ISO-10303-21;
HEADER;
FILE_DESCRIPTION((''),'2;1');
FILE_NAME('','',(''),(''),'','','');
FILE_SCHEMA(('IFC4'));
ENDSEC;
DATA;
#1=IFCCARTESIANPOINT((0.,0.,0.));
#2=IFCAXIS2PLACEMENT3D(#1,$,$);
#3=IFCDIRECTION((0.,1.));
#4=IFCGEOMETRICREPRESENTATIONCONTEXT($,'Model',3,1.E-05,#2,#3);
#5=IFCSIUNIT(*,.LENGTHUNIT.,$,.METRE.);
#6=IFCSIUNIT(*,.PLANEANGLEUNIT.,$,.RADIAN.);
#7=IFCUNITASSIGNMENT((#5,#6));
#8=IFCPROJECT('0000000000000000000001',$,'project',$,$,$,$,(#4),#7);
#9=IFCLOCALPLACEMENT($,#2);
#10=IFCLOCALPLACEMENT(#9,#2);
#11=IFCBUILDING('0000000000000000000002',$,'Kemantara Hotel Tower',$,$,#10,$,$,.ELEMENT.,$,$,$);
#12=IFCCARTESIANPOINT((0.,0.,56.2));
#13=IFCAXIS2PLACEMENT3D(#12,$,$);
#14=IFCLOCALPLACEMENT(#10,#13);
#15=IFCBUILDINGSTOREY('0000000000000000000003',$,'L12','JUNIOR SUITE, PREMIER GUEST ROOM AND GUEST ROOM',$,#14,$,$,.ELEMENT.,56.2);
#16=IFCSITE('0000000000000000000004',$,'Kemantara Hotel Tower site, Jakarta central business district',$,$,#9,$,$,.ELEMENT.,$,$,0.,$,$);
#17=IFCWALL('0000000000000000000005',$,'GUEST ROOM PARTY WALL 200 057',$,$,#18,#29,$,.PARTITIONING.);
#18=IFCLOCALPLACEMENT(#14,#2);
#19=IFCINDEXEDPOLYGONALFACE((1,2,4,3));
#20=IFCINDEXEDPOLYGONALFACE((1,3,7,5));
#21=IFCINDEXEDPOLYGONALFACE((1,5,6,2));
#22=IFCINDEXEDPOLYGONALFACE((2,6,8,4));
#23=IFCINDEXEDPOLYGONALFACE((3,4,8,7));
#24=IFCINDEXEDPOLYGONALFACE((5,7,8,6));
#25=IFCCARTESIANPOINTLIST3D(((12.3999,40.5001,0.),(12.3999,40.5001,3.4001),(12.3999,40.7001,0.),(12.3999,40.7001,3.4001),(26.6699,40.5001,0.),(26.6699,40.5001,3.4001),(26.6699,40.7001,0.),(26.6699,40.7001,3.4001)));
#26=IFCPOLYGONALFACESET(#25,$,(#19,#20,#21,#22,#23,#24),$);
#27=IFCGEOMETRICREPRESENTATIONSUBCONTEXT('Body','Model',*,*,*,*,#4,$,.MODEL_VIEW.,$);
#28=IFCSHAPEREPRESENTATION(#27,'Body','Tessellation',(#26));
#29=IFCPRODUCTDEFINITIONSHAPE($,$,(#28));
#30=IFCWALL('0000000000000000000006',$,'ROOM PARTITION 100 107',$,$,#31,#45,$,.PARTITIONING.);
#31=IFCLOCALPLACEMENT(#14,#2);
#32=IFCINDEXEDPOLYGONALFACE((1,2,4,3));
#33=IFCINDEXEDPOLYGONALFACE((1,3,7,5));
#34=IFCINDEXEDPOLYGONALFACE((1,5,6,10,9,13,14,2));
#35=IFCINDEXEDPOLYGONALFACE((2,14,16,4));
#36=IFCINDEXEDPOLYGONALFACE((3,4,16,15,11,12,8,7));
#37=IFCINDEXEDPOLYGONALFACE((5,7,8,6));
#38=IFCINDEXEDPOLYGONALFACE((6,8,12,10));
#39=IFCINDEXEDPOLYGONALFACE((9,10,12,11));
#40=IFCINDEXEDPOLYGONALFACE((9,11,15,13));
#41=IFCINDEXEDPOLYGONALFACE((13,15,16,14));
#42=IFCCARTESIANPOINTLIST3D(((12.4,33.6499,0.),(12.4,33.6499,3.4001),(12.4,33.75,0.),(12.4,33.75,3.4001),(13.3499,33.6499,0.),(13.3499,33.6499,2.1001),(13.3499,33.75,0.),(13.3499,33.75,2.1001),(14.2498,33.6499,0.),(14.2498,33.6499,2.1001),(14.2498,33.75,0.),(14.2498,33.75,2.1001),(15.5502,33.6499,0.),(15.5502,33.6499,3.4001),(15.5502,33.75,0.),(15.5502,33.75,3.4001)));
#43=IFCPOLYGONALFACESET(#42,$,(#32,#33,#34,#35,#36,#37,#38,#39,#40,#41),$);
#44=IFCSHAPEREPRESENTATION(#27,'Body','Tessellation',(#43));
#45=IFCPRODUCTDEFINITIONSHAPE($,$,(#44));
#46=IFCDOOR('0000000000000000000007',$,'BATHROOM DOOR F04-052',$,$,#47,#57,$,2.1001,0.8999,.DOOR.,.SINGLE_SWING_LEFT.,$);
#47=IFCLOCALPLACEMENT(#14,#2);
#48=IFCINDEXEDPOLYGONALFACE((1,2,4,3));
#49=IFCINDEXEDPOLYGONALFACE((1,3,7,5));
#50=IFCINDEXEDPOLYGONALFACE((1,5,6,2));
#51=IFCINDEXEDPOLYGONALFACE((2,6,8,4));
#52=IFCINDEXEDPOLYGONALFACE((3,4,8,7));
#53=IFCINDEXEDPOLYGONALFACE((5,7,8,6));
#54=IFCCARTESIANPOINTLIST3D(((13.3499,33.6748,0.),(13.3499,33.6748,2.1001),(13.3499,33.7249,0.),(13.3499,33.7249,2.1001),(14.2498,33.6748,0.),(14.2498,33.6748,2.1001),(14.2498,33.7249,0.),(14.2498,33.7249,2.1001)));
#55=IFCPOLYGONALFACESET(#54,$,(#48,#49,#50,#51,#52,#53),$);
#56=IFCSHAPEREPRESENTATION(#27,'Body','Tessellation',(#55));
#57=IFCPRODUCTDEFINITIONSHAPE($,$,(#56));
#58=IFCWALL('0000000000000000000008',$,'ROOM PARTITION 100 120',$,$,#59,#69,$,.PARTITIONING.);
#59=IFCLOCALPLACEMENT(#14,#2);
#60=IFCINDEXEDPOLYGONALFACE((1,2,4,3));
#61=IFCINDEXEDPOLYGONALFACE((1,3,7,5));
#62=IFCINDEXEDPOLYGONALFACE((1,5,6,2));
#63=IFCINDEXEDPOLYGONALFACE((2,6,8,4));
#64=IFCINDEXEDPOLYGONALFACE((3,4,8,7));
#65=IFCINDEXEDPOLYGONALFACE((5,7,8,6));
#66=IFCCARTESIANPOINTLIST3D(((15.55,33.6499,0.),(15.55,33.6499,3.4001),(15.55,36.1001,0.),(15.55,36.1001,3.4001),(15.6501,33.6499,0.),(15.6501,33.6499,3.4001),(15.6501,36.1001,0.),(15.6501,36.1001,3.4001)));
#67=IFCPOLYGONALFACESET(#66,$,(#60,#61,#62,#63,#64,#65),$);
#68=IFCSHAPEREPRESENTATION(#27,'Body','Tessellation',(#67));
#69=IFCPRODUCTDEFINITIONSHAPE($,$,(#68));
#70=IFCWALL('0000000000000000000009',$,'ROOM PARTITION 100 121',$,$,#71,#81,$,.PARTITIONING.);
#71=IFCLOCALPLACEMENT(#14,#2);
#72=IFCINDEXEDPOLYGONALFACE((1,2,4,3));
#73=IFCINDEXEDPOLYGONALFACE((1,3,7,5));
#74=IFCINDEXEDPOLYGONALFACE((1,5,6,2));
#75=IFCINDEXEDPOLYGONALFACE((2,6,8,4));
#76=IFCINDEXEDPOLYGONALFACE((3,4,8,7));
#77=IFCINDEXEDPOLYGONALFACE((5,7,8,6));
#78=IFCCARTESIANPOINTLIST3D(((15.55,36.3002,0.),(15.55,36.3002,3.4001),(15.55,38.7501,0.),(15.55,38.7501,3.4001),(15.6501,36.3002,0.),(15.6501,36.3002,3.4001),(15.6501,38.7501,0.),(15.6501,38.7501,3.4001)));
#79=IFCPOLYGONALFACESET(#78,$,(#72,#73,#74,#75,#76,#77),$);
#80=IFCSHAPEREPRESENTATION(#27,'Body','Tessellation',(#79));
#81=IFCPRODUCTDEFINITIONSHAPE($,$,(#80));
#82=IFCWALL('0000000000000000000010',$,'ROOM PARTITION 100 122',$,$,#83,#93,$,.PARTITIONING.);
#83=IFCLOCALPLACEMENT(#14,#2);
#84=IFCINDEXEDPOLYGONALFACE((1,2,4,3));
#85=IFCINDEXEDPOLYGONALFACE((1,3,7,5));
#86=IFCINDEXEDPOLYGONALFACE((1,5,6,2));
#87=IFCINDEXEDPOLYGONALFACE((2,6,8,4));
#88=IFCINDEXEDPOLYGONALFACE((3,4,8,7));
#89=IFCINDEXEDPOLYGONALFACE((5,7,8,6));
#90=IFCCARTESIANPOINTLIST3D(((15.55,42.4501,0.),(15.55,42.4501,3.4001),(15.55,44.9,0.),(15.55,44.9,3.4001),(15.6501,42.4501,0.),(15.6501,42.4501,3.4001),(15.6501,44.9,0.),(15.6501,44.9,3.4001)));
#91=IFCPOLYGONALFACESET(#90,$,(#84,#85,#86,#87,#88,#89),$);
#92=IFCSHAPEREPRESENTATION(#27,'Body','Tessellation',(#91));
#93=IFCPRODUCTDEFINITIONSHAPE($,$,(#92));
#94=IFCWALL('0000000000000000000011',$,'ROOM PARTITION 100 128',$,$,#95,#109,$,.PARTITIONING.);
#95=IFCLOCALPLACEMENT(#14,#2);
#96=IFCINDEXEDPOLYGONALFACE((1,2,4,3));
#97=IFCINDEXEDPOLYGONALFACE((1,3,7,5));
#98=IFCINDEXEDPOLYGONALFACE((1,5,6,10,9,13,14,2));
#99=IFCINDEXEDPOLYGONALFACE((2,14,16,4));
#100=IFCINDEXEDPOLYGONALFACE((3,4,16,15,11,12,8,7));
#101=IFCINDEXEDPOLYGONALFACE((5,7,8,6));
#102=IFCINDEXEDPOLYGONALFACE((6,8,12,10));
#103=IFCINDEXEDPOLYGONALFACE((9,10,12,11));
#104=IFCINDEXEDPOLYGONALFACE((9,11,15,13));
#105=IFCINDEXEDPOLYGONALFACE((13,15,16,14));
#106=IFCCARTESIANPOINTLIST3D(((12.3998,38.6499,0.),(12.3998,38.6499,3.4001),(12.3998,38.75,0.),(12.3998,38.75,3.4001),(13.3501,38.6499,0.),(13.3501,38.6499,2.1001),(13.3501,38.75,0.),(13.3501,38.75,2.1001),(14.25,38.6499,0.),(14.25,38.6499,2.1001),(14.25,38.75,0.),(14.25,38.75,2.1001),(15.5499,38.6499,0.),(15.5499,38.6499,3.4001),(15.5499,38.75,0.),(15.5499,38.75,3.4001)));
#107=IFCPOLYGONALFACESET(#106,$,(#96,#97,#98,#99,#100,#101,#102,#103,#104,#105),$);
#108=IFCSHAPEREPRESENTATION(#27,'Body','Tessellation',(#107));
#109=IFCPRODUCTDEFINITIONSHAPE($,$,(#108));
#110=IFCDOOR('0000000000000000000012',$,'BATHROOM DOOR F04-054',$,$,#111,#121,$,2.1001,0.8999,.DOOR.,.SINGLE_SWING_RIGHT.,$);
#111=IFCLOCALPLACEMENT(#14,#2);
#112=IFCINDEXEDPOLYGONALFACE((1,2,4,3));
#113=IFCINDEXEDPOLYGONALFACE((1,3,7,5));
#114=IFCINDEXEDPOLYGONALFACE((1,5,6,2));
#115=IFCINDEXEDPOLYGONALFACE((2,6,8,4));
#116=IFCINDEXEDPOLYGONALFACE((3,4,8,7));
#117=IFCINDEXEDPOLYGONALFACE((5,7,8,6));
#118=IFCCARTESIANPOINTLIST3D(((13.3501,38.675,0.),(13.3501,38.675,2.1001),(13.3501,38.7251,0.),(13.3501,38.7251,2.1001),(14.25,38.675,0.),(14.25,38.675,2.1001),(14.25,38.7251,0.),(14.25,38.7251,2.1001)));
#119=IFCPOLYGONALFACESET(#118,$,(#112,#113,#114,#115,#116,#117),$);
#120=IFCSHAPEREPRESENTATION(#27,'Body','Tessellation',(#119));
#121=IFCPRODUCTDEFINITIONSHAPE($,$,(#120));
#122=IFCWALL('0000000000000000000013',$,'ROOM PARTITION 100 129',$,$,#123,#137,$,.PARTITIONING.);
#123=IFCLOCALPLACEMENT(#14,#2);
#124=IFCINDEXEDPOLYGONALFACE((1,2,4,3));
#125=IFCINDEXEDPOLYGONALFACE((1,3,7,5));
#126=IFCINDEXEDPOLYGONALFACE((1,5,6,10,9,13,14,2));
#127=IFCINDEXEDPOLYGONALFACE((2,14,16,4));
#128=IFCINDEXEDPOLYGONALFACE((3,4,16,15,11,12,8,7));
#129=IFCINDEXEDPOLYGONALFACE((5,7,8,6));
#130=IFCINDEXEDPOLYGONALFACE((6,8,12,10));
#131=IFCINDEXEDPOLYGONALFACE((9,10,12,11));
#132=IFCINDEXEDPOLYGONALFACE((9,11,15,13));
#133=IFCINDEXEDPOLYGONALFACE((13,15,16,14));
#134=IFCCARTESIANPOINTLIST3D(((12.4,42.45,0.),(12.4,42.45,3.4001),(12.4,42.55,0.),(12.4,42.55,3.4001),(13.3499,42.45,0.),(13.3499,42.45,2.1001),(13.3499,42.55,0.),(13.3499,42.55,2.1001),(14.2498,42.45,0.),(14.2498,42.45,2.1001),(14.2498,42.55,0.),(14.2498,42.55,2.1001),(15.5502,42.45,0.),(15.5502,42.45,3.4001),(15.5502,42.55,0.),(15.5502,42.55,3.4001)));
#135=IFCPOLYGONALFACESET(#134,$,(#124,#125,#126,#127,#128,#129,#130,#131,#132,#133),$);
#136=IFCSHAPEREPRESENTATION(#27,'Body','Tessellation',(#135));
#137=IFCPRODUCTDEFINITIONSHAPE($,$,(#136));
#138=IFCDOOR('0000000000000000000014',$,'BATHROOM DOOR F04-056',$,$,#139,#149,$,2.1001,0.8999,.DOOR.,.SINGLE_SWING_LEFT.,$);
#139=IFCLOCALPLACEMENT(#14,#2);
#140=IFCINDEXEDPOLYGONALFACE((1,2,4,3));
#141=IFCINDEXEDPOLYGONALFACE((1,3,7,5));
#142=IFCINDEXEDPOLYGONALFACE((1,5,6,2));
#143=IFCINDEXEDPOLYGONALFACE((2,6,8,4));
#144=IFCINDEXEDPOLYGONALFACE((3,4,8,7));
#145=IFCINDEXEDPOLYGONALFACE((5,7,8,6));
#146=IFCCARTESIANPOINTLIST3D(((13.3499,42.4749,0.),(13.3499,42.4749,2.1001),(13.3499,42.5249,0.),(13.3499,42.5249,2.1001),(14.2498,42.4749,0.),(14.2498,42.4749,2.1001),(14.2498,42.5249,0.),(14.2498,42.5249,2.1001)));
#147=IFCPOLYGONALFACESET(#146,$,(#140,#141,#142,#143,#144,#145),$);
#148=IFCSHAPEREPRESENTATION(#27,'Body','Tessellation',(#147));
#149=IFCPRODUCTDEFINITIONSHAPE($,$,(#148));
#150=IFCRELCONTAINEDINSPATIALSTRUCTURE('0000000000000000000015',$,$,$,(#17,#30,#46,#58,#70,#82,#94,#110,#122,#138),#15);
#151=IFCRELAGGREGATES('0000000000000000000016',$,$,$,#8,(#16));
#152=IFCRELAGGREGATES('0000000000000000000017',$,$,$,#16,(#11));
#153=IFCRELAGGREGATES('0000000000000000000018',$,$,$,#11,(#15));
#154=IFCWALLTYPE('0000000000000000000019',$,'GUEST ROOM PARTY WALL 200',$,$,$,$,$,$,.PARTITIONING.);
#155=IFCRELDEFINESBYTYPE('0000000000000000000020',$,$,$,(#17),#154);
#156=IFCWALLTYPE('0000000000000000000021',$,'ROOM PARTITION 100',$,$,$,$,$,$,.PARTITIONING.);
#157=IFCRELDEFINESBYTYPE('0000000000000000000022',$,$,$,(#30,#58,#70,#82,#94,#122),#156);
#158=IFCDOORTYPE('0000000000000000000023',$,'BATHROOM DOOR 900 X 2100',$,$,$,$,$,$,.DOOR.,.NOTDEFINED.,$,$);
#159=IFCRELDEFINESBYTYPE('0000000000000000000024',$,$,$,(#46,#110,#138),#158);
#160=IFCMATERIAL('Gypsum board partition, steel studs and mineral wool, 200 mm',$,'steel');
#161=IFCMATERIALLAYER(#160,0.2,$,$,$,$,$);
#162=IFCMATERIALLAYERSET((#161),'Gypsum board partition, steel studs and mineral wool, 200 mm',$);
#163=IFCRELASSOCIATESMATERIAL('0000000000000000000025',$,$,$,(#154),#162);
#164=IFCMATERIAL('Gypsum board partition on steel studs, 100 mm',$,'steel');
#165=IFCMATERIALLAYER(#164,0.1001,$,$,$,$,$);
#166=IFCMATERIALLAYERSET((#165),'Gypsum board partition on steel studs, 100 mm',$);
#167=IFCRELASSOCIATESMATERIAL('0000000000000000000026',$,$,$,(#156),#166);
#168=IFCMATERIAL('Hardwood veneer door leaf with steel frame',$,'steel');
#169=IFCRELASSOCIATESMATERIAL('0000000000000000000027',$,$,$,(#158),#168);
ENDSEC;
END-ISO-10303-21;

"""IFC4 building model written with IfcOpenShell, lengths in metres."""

from ifc_helpers import new_model, si_unit, direction, frame, frame_2d, origin, place, context, subcontext, project, spatial, rectangle, extrude, material, layer, layer_set, type_object, element, fill, save


model = new_model("IFC4")

# Units and contexts
model_context = context("Model", 3, precision=1e-05, world=origin(), true_north=direction((0.0, 1.0)))
body_context = subcontext(model_context, "Body", "Model", "MODEL_VIEW")
ifc_project = project(units=[si_unit("LENGTHUNIT", "METRE"), si_unit("PLANEANGLEUNIT", "RADIAN")], contexts=[model_context])

# Site, building, storey
site_placement = place(None, origin())
site = spatial("IfcSite", under=ifc_project, at=site_placement, Name="Kemantara Hotel Tower site, Jakarta central business district", CompositionType="ELEMENT", RefElevation=0.0)
building_placement = place(site_placement, origin())
building = spatial("IfcBuilding", under=site, at=building_placement, Name="Kemantara Hotel Tower", CompositionType="ELEMENT")
storey_placement = place(building_placement, frame((0.0, 0.0, 56.2)))
storey = spatial("IfcBuildingStorey", under=building, at=storey_placement, Name="L12", Description="JUNIOR SUITE, PREMIER GUEST ROOM AND GUEST ROOM", CompositionType="ELEMENT", Elevation=56.2)

# Shared definitions
ifc_material_1 = material(Name="Gypsum board partition, steel studs and mineral wool, 200 mm", Category="steel")
ifc_material_2 = material(Name="Hardwood veneer door leaf with steel frame", Category="steel")

# Wall
ifc_layer_1 = layer(ifc_material_1, 0.2)
ifc_layer_set_1 = layer_set([ifc_layer_1], Name="Gypsum board partition, steel studs and mineral wool, 200 mm")
wall_type_1 = type_object("IfcWallType", Name="GUEST ROOM PARTY WALL 200", PredefinedType="PARTITIONING", material=ifc_layer_set_1)
wall_1_placement = place(storey_placement, frame((12.3999, 40.6001, 0.0), z_axis=(0.0, 0.0, 1.0), x_axis=(1.0, 0.0, 0.0)))
element("IfcWall", 1, at=wall_1_placement, inside=storey, type_object=wall_type_1, Name="GUEST ROOM PARTY WALL 200 057", PredefinedType="PARTITIONING", context=body_context, shape_type="SweptSolid", body=[
    extrude(rectangle(XDim=14.27, YDim=0.2, at=frame_2d((7.135, 0.0))), origin(), (0.0, 0.0, 1.0), 3.4001),
])

# Wall, opening, door
ifc_material_3 = material(Name="Gypsum board partition on steel studs, 100 mm", Category="steel")
ifc_layer_2 = layer(ifc_material_3, 0.1001)
ifc_layer_set_2 = layer_set([ifc_layer_2], Name="Gypsum board partition on steel studs, 100 mm")
wall_type_2 = type_object("IfcWallType", Name="ROOM PARTITION 100", PredefinedType="PARTITIONING", material=ifc_layer_set_2)
wall_2_placement = place(storey_placement, frame((12.3999, 33.7, 0.0), z_axis=(0.0, 0.0, 1.0), x_axis=(1.0, 0.0, 0.0)))
wall_2 = element("IfcWall", 2, at=wall_2_placement, inside=storey, type_object=wall_type_2, Name="ROOM PARTITION 100 107", PredefinedType="PARTITIONING", context=body_context, shape_type="SweptSolid", body=[
    extrude(rectangle(XDim=3.1501, YDim=0.1001, at=frame_2d((1.5752, 0.0))), origin(), (0.0, 0.0, 1.0), 3.4001),
])
opening_1_placement = place(wall_2_placement, frame((0.95, 0.0, 0.0)))
opening_1 = element("IfcOpeningElement", 3, at=opening_1_placement, cuts=wall_2, PredefinedType="OPENING", context=body_context, shape_type="SweptSolid", body=[
    extrude(rectangle(XDim=0.8999, YDim=2.1001, at=frame_2d((0.45, 1.05))), frame((0.0, 0.0601, 0.0), z_axis=(0.0, -1.0, 0.0), x_axis=(1.0, 0.0, 0.0)), (0.0, 0.0, 1.0), 0.1201),
])
door_type_1 = type_object("IfcDoorType", Name="BATHROOM DOOR 900 X 2100", OperationType="NOTDEFINED", PredefinedType="DOOR", material=ifc_material_2)
door_1_placement = place(opening_1_placement, origin())
door_1 = element("IfcDoor", 4, at=door_1_placement, inside=storey, type_object=door_type_1, Name="BATHROOM DOOR F04-052", OperationType="SINGLE_SWING_LEFT", OverallHeight=2.1001, OverallWidth=0.8999, PredefinedType="DOOR", context=body_context, shape_type="SweptSolid", body=[
    extrude(rectangle(XDim=0.8999, YDim=2.1001, at=frame_2d((0.45, 1.05))), frame((0.0, 0.0249, 0.0), z_axis=(0.0, -1.0, 0.0), x_axis=(1.0, 0.0, 0.0)), (0.0, 0.0, 1.0), 0.05),
])
fill(opening_1, door_1)

# Walls
wall_3_placement = place(storey_placement, frame((15.6001, 33.6499, 0.0), z_axis=(0.0, 0.0, 1.0), x_axis=(0.0, 1.0, 0.0)))
element("IfcWall", 5, at=wall_3_placement, inside=storey, type_object=wall_type_2, Name="ROOM PARTITION 100 120", PredefinedType="PARTITIONING", context=body_context, shape_type="SweptSolid", body=[
    extrude(rectangle(XDim=2.4502, YDim=0.1001, at=frame_2d((1.2251, 0.0))), origin(), (0.0, 0.0, 1.0), 3.4001),
])
for number, where, z_axis, x_axis, name in (
    (6, (15.6001, 36.3, 0.0), (0.0, 0.0, 1.0), (0.0, 1.0, 0.0), "ROOM PARTITION 100 121"),
    (7, (15.6001, 42.45, 0.0), (0.0, 0.0, 1.0), (0.0, 1.0, 0.0), "ROOM PARTITION 100 122"),
):
    element("IfcWall", number, at=place(storey_placement, frame(where, z_axis=z_axis, x_axis=x_axis)), inside=storey, type_object=wall_type_2, Name=name, PredefinedType="PARTITIONING", context=body_context, shape_type="SweptSolid", body=[
        extrude(rectangle(XDim=2.45, YDim=0.1001, at=frame_2d((1.2251, 0.0))), origin(), (0.0, 0.0, 1.0), 3.4001),
    ])

# Walls, openings, doors
wall_4_placement = place(storey_placement, frame((15.55, 38.7, 0.0), z_axis=(0.0, 0.0, 1.0), x_axis=(-1.0, 0.0, 0.0)))
wall_4 = element("IfcWall", 8, at=wall_4_placement, inside=storey, type_object=wall_type_2, Name="ROOM PARTITION 100 128", PredefinedType="PARTITIONING", context=body_context, shape_type="SweptSolid", body=[
    extrude(rectangle(XDim=3.1501, YDim=0.1001, at=frame_2d((1.5752, 0.0))), origin(), (0.0, 0.0, 1.0), 3.4001),
])
opening_2_placement = place(wall_4_placement, frame((1.3, 0.0, 0.0)))
opening_2 = element("IfcOpeningElement", 9, at=opening_2_placement, cuts=wall_4, PredefinedType="OPENING", context=body_context, shape_type="SweptSolid", body=[
    extrude(rectangle(XDim=0.8999, YDim=2.1001, at=frame_2d((0.45, 1.05))), frame((0.0, 0.0601, 0.0), z_axis=(0.0, -1.0, 0.0), x_axis=(1.0, 0.0, 0.0)), (0.0, 0.0, 1.0), 0.1201),
])
door_2_placement = place(opening_2_placement, origin())
door_2 = element("IfcDoor", 10, at=door_2_placement, inside=storey, type_object=door_type_1, Name="BATHROOM DOOR F04-054", OperationType="SINGLE_SWING_RIGHT", OverallHeight=2.1001, OverallWidth=0.8999, PredefinedType="DOOR", context=body_context, shape_type="SweptSolid", body=[
    extrude(rectangle(XDim=0.8999, YDim=2.1001, at=frame_2d((0.45, 1.05))), frame((0.0, 0.0249, 0.0), z_axis=(0.0, -1.0, 0.0), x_axis=(1.0, 0.0, 0.0)), (0.0, 0.0, 1.0), 0.05),
])
fill(opening_2, door_2)
wall_5_placement = place(storey_placement, frame((12.3999, 42.5, 0.0), z_axis=(0.0, 0.0, 1.0), x_axis=(1.0, 0.0, 0.0)))
wall_5 = element("IfcWall", 11, at=wall_5_placement, inside=storey, type_object=wall_type_2, Name="ROOM PARTITION 100 129", PredefinedType="PARTITIONING", context=body_context, shape_type="SweptSolid", body=[
    extrude(rectangle(XDim=3.1501, YDim=0.1001, at=frame_2d((1.5752, 0.0))), origin(), (0.0, 0.0, 1.0), 3.4001),
])
opening_3_placement = place(wall_5_placement, frame((0.95, 0.0, 0.0)))
opening_3 = element("IfcOpeningElement", 12, at=opening_3_placement, cuts=wall_5, PredefinedType="OPENING", context=body_context, shape_type="SweptSolid", body=[
    extrude(rectangle(XDim=0.8999, YDim=2.1001, at=frame_2d((0.45, 1.05))), frame((0.0, 0.0601, 0.0), z_axis=(0.0, -1.0, 0.0), x_axis=(1.0, 0.0, 0.0)), (0.0, 0.0, 1.0), 0.1201),
])
door_3_placement = place(opening_3_placement, origin())
door_3 = element("IfcDoor", 13, at=door_3_placement, inside=storey, type_object=door_type_1, Name="BATHROOM DOOR F04-056", OperationType="SINGLE_SWING_LEFT", OverallHeight=2.1001, OverallWidth=0.8999, PredefinedType="DOOR", context=body_context, shape_type="SweptSolid", body=[
    extrude(rectangle(XDim=0.8999, YDim=2.1001, at=frame_2d((0.45, 1.05))), frame((0.0, 0.0249, 0.0), z_axis=(0.0, -1.0, 0.0), x_axis=(1.0, 0.0, 0.0)), (0.0, 0.0, 1.0), 0.05),
])
fill(opening_3, door_3)

save(model, "model.ifc")
